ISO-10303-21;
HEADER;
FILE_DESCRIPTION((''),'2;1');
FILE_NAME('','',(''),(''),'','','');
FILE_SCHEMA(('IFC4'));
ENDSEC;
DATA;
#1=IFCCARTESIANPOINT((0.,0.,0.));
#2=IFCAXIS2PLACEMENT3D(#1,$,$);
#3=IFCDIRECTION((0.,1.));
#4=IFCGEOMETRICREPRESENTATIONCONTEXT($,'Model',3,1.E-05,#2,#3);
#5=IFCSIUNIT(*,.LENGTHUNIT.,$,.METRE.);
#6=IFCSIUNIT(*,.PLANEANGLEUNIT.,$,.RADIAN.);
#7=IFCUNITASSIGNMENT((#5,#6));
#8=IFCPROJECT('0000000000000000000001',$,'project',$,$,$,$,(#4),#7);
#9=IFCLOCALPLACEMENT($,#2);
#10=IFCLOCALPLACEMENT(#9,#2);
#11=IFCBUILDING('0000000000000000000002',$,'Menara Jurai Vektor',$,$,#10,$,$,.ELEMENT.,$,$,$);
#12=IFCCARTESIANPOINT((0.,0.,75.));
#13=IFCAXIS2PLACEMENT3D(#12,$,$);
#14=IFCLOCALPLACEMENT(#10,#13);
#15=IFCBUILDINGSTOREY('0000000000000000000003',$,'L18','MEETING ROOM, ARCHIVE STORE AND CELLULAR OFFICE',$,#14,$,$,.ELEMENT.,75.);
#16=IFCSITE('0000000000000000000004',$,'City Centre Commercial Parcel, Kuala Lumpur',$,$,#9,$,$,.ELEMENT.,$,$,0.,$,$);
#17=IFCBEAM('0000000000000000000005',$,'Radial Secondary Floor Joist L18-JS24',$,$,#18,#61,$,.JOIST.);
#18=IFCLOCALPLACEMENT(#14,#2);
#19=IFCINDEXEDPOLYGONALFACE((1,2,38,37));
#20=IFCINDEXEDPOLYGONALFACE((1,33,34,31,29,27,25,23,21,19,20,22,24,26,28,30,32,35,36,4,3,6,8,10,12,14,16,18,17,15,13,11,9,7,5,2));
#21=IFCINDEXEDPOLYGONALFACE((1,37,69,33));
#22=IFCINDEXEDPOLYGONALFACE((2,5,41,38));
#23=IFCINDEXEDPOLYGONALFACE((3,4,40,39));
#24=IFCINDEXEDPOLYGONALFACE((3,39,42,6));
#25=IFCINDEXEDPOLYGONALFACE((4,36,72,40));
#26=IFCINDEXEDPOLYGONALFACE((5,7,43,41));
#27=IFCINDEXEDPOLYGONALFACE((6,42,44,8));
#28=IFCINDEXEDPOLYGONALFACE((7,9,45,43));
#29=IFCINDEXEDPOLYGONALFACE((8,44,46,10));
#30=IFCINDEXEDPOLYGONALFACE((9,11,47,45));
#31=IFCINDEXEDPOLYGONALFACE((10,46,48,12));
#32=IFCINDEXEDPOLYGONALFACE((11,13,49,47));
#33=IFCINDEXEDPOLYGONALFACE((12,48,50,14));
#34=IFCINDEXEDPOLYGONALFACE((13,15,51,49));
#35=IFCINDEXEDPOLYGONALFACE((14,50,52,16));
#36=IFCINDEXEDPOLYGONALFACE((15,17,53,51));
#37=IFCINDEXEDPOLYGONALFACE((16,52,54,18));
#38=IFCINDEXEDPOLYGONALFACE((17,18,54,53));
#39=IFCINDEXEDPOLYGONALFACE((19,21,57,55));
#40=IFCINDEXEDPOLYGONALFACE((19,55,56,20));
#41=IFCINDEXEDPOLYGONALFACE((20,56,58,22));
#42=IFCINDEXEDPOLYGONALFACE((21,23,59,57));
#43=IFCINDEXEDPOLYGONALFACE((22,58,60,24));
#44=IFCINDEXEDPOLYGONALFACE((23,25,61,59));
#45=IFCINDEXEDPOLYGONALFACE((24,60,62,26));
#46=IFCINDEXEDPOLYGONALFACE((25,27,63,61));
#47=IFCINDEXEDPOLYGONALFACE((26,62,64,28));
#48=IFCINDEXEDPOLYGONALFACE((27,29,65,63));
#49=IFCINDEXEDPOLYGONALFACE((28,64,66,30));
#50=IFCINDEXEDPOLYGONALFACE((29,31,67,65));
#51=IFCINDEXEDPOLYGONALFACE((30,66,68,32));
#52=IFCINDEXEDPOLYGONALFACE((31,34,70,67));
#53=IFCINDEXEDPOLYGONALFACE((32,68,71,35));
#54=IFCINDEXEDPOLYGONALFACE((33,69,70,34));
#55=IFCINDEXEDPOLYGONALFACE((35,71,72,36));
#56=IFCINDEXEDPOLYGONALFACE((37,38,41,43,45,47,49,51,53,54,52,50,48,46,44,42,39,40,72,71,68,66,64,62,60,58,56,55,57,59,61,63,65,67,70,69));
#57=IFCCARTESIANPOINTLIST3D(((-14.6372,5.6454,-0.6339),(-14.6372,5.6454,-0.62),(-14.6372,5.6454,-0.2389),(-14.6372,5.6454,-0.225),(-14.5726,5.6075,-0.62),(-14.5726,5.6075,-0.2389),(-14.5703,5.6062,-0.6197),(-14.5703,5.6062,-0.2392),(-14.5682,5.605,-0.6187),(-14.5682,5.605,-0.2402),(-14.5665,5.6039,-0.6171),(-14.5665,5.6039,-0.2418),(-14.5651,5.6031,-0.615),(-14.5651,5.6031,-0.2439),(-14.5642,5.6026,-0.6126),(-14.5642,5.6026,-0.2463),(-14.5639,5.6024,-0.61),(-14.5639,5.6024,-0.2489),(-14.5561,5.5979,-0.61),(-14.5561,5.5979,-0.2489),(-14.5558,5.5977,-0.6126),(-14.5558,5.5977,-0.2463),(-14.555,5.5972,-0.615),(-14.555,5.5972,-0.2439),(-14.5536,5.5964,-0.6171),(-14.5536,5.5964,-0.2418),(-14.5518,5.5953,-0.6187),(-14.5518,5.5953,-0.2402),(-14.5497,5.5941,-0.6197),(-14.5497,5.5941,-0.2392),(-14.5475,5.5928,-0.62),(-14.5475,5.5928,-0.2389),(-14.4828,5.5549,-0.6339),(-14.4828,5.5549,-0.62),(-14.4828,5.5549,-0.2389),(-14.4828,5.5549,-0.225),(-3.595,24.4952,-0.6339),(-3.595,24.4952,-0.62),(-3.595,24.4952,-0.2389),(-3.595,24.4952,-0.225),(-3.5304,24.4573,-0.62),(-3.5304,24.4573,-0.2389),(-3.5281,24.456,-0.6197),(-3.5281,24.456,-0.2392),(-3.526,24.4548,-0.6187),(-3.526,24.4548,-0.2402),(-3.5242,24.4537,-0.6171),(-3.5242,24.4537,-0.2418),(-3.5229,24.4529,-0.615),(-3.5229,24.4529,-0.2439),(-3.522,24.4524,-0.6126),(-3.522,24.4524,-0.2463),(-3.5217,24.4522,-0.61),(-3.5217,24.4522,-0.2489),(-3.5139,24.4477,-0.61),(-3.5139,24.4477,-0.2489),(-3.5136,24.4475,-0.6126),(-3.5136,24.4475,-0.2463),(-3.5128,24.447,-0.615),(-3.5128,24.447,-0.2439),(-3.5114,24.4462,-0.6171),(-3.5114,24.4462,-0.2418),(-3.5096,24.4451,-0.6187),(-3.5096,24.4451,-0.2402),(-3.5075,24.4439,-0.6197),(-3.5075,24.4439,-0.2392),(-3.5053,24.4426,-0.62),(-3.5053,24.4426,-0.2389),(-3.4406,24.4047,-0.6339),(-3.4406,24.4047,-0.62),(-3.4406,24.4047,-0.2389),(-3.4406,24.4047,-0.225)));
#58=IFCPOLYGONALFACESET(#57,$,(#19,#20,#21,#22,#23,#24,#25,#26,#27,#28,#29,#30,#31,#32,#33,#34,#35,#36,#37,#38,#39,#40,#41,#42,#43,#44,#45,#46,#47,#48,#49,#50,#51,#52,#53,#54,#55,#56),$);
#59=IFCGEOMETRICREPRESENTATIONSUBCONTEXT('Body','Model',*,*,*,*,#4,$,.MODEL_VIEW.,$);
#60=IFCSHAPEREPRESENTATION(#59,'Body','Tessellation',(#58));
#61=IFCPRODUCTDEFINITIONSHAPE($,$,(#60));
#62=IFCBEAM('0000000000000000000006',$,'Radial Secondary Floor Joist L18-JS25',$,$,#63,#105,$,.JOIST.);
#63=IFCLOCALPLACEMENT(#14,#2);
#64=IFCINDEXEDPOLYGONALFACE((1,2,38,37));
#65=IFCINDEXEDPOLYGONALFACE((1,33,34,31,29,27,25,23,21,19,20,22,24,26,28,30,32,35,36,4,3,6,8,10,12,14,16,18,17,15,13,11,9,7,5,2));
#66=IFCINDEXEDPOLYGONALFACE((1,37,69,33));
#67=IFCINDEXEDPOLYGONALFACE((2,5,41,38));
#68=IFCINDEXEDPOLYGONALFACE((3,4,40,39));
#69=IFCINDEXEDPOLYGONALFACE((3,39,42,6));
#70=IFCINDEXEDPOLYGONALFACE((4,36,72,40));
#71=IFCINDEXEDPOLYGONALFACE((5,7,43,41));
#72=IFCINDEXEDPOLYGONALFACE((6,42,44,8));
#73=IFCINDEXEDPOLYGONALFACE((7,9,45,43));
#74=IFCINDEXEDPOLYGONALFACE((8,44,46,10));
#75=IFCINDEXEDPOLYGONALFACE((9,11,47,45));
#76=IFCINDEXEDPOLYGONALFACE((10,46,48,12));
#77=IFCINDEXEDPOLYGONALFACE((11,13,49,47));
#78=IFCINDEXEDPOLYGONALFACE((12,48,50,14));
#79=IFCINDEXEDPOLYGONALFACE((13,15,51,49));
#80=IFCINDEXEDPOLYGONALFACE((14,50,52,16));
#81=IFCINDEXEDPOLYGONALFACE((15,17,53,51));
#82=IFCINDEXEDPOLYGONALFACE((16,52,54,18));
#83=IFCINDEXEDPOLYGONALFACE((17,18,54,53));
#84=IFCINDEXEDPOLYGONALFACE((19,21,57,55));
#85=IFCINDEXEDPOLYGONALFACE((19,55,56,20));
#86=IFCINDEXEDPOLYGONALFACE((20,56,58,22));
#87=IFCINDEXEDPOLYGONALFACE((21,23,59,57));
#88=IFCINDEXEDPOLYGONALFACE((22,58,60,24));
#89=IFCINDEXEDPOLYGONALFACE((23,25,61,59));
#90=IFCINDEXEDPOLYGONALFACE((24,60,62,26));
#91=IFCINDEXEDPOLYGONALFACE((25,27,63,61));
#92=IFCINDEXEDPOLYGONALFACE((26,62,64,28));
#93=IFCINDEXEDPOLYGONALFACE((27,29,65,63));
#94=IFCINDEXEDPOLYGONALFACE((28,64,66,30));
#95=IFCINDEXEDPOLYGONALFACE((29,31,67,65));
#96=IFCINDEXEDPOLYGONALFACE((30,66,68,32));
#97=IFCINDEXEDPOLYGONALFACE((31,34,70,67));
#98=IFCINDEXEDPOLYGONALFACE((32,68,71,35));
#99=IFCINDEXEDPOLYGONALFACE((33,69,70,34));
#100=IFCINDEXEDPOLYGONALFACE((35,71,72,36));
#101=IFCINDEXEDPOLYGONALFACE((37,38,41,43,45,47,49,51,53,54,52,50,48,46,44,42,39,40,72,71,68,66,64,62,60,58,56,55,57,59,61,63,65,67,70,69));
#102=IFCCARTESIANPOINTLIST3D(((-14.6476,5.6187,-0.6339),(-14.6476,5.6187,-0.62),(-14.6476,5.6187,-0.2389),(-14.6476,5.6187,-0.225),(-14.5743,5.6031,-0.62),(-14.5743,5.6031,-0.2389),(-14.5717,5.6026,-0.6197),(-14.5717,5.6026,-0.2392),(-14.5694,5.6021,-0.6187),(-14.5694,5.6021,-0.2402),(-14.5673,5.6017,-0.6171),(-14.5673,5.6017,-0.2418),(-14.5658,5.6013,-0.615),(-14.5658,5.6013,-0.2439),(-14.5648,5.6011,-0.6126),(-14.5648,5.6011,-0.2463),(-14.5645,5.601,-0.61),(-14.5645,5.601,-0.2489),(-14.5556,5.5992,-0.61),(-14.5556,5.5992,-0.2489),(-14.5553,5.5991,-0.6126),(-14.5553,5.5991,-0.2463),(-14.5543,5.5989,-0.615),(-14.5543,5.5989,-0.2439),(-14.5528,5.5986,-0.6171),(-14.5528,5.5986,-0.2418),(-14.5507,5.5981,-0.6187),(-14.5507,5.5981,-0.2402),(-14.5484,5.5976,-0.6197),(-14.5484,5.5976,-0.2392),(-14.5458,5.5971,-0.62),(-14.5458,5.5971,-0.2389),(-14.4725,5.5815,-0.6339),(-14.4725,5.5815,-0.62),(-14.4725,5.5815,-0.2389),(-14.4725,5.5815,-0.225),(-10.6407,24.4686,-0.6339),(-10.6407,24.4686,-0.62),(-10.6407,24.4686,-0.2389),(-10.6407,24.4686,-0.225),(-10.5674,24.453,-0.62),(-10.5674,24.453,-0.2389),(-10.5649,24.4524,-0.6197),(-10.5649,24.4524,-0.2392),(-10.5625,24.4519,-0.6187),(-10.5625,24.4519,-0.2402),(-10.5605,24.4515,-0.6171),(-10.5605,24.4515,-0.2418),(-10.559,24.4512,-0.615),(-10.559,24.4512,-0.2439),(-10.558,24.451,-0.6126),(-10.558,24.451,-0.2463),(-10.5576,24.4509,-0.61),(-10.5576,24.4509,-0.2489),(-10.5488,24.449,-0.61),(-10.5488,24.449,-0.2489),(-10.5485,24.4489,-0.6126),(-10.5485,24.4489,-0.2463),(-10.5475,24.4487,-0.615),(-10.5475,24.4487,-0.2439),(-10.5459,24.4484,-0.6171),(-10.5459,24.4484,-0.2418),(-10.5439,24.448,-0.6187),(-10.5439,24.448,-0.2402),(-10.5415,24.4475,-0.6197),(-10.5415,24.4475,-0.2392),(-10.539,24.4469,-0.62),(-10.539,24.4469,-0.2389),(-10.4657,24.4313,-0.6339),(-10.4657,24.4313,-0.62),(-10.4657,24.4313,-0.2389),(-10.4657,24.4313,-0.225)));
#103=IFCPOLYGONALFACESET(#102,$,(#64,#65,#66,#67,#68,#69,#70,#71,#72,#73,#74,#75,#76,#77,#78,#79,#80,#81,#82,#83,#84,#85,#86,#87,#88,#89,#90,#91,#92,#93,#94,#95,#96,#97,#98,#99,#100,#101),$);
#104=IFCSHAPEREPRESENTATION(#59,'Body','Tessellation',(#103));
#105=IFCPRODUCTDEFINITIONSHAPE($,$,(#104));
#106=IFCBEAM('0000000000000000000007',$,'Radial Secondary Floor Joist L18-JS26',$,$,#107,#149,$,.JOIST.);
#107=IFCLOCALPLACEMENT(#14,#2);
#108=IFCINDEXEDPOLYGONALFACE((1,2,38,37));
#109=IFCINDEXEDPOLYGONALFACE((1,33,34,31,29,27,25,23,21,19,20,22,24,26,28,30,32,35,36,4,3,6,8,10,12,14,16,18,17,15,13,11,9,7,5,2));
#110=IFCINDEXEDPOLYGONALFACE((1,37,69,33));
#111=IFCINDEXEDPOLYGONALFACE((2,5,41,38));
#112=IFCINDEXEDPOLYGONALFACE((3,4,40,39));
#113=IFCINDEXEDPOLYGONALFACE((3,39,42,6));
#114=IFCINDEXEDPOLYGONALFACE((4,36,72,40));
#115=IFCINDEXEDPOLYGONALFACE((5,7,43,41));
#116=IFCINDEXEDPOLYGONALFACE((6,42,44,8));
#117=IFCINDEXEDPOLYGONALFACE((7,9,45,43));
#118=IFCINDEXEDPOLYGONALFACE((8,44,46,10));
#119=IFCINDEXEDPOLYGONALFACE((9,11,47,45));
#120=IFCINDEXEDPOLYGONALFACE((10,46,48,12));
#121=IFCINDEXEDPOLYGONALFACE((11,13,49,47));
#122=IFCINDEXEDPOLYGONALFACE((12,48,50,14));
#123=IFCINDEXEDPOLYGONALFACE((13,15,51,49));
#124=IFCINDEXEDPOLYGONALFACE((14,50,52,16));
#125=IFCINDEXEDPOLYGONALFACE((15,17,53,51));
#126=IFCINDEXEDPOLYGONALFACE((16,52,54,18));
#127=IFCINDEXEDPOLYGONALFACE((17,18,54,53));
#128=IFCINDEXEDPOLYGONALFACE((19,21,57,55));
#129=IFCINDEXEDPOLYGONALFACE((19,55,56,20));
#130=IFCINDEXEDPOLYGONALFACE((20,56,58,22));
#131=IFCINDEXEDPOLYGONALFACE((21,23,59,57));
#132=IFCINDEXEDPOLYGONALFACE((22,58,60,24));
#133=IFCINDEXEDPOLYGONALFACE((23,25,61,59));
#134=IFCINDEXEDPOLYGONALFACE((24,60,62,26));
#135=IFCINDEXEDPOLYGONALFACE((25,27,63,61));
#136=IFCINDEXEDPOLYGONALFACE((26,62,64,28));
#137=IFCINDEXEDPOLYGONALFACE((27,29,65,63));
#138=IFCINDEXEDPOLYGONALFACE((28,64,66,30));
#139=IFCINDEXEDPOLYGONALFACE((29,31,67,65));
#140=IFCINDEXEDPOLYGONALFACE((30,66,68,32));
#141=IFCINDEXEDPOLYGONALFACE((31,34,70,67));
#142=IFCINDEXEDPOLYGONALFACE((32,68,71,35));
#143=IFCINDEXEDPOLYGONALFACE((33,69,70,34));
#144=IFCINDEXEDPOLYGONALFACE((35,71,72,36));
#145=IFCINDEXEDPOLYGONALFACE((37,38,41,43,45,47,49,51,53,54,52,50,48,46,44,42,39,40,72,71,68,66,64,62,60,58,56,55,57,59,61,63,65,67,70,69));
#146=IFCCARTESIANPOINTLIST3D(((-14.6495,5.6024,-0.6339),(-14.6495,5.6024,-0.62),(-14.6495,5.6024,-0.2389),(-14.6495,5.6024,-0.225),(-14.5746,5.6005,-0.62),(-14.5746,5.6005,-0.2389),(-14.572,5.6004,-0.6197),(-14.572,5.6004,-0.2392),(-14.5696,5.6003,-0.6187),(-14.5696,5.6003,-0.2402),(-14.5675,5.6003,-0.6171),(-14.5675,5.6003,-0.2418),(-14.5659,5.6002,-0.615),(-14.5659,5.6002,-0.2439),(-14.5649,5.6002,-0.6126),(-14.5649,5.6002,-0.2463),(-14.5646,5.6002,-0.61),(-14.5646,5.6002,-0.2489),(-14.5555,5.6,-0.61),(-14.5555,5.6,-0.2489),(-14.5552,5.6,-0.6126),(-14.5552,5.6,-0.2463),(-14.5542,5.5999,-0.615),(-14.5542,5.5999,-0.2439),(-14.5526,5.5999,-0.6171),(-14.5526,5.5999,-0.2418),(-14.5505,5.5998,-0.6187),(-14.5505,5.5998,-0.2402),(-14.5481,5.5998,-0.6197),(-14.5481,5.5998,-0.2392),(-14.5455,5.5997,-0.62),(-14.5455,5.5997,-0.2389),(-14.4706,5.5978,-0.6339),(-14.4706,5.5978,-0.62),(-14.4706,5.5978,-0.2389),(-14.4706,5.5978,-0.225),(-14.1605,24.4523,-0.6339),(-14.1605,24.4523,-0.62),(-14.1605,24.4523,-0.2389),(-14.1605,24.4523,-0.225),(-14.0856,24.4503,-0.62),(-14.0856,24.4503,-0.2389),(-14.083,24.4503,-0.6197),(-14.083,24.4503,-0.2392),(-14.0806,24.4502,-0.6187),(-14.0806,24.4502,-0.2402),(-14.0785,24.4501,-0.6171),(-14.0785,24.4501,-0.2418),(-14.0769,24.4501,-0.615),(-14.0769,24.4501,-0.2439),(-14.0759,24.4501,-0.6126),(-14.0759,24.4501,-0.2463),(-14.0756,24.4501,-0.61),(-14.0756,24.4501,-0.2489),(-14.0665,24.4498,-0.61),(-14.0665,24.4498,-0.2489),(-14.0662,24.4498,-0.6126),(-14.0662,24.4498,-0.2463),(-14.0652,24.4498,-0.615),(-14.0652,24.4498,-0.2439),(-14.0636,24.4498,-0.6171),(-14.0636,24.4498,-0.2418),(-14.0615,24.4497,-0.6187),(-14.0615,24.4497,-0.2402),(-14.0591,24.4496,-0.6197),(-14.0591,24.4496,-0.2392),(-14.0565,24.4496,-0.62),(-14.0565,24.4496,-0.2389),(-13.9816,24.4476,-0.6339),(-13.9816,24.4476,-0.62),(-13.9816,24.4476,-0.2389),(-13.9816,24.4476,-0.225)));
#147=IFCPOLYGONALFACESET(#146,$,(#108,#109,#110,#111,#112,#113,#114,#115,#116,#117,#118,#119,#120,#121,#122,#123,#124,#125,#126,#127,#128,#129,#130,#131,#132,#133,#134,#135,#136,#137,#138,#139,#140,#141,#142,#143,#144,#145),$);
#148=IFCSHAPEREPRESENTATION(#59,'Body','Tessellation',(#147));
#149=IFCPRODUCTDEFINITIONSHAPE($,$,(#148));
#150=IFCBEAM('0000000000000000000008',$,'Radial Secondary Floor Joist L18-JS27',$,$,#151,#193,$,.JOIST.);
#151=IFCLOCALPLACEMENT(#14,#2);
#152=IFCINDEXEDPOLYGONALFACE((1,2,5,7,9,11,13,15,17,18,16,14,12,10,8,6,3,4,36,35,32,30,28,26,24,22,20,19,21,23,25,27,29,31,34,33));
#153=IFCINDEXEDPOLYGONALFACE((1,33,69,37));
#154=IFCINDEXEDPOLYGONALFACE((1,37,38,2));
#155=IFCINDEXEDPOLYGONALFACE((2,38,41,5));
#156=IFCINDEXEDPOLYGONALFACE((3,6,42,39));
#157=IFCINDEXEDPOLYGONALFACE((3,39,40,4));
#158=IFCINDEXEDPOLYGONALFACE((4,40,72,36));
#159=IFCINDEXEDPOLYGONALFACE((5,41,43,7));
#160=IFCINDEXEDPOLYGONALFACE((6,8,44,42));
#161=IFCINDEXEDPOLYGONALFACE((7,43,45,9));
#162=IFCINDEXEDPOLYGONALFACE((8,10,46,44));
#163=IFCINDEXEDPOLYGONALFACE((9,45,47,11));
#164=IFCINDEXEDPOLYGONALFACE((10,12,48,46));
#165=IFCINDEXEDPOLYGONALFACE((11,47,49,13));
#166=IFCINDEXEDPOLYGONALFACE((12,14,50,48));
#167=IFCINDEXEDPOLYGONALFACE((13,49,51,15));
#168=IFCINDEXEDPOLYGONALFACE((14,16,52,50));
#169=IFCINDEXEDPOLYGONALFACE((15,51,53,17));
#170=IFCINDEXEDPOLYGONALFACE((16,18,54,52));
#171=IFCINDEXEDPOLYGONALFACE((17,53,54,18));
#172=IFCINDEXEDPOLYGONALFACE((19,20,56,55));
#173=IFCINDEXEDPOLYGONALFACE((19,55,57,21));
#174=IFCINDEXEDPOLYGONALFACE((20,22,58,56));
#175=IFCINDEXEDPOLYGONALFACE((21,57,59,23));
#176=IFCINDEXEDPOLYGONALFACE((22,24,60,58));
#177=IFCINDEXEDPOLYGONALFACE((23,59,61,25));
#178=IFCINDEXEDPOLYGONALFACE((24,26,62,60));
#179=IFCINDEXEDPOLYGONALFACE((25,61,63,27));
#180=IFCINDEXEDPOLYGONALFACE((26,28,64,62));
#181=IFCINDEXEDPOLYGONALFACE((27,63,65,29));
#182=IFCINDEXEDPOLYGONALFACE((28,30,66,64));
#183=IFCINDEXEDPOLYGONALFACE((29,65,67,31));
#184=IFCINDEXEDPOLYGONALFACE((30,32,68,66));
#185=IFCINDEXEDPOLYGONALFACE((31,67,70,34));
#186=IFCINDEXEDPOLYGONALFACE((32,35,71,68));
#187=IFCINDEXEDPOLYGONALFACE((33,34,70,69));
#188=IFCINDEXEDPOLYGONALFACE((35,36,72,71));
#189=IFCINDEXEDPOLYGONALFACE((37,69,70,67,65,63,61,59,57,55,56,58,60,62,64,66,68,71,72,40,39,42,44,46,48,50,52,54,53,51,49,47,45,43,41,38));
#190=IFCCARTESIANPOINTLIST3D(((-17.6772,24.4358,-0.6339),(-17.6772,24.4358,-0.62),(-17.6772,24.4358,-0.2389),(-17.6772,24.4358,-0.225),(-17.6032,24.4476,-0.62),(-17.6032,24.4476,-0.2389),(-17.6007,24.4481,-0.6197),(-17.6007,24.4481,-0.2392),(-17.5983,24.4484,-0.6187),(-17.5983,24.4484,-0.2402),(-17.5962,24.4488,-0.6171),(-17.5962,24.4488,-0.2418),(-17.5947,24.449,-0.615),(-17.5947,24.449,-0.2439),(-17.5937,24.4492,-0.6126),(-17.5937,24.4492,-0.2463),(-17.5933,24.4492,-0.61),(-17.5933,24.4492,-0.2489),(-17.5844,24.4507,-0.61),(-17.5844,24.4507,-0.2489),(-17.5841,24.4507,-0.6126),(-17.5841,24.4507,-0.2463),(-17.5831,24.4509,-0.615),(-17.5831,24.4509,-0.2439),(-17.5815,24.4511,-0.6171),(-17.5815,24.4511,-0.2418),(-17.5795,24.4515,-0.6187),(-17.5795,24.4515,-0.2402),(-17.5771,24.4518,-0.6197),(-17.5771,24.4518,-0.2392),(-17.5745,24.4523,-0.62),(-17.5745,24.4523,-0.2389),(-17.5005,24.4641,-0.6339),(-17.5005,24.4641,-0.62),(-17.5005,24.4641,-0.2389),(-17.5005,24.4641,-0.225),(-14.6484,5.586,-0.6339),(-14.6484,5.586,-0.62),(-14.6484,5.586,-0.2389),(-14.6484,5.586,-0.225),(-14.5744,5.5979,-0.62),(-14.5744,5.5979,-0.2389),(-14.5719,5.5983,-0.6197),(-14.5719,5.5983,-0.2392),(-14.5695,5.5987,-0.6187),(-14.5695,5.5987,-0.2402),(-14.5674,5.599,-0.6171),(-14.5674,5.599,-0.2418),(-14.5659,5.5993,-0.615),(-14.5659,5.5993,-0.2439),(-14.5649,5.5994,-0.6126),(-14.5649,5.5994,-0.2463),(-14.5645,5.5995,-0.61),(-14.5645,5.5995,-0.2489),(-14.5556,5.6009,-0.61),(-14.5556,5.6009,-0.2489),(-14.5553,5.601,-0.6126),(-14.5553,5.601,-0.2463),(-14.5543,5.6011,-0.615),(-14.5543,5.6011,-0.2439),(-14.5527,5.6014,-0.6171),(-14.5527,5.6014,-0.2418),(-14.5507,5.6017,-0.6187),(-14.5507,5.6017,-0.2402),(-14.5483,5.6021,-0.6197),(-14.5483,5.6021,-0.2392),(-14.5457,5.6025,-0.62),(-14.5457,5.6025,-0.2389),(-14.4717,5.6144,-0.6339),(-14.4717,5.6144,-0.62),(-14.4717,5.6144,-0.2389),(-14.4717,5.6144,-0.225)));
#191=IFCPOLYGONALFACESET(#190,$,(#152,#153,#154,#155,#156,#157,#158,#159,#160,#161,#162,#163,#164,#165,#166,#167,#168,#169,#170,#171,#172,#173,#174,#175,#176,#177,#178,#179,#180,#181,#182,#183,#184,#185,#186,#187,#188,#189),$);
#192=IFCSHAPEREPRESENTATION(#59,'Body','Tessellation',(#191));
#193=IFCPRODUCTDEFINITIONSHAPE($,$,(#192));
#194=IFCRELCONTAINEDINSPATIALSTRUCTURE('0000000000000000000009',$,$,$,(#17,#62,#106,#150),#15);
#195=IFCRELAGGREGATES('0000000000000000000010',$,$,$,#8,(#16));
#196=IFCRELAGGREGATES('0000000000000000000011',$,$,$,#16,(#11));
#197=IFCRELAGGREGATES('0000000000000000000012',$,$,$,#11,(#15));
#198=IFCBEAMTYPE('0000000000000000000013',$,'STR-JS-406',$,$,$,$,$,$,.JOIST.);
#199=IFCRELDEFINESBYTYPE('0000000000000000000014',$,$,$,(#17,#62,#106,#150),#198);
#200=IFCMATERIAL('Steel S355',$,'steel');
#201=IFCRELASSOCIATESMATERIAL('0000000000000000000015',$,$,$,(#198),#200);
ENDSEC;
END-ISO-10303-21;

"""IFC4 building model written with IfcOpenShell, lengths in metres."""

from ifc_helpers import new_model, si_unit, direction, frame, origin, origin_2d, place, context, subcontext, project, spatial, i_section, extrude, material, material_profile, profile_set, type_object, element, save


model = new_model("IFC4")

# Units and contexts
model_context = context("Model", 3, precision=1e-05, world=origin(), true_north=direction((0.0, 1.0)))
body_context = subcontext(model_context, "Body", "Model", "MODEL_VIEW")
ifc_project = project(units=[si_unit("LENGTHUNIT", "METRE"), si_unit("PLANEANGLEUNIT", "RADIAN")], contexts=[model_context])

# Site, building, storey
site_placement = place(None, origin())
site = spatial("IfcSite", under=ifc_project, at=site_placement, Name="City Centre Commercial Parcel, Kuala Lumpur", CompositionType="ELEMENT", RefElevation=0.0)
building_placement = place(site_placement, origin())
building = spatial("IfcBuilding", under=site, at=building_placement, Name="Menara Jurai Vektor", CompositionType="ELEMENT")
storey_placement = place(building_placement, frame((0.0, 0.0, 75.0)))
storey = spatial("IfcBuildingStorey", under=building, at=storey_placement, Name="L18", Description="MEETING ROOM, ARCHIVE STORE AND CELLULAR OFFICE", CompositionType="ELEMENT", Elevation=75.0)

# Beams
ifc_material_1 = material(Name="Steel S355", Category="steel")
ifc_material_profile_1 = material_profile(ifc_material_1, i_section(OverallWidth=0.179, OverallDepth=0.4089, WebThickness=0.009, FlangeThickness=0.0139, FilletRadius=0.01, at=origin_2d()), Name="UKB 406x178x67")
ifc_profile_set_1 = profile_set([ifc_material_profile_1], Name="Steel S355")
beam_type_1 = type_object("IfcBeamType", Name="STR-JS-406", PredefinedType="JOIST", material=ifc_profile_set_1)
beam_1_placement = place(storey_placement, frame((-3.5178, 24.45, -0.4294), z_axis=(-0.505458, -0.862851, 0.0), x_axis=(0.862851, -0.505458, 0.0)))
element("IfcBeam", 1, at=beam_1_placement, inside=storey, type_object=beam_type_1, Name="Radial Secondary Floor Joist L18-JS24", PredefinedType="JOIST", context=body_context, shape_type="SweptSolid", body=[
    extrude(i_section(OverallWidth=0.179, OverallDepth=0.4089, WebThickness=0.009, FlangeThickness=0.0139, FilletRadius=0.01, at=origin_2d()), origin(), (0.0, 0.0, 1.0), 21.8459),
])
beam_2_placement = place(storey_placement, frame((-10.5532, 24.45, -0.4294), z_axis=(-0.20792, -0.978146, 0.0), x_axis=(0.978146, -0.20792, 0.0)))
element("IfcBeam", 2, at=beam_2_placement, inside=storey, type_object=beam_type_1, Name="Radial Secondary Floor Joist L18-JS25", PredefinedType="JOIST", context=body_context, shape_type="SweptSolid", body=[
    extrude(i_section(OverallWidth=0.179, OverallDepth=0.4089, WebThickness=0.009, FlangeThickness=0.0139, FilletRadius=0.01, at=origin_2d()), origin(), (0.0, 0.0, 1.0), 19.271),
])
beam_3_placement = place(storey_placement, frame((-14.071, 24.45, -0.4294), z_axis=(-0.025934, -0.999664, 0.0), x_axis=(0.999664, -0.025934, 0.0)))
element("IfcBeam", 3, at=beam_3_placement, inside=storey, type_object=beam_type_1, Name="Radial Secondary Floor Joist L18-JS26", PredefinedType="JOIST", context=body_context, shape_type="SweptSolid", body=[
    extrude(i_section(OverallWidth=0.179, OverallDepth=0.4089, WebThickness=0.009, FlangeThickness=0.0139, FilletRadius=0.01, at=origin_2d()), origin(), (0.0, 0.0, 1.0), 18.8562),
])
beam_4_placement = place(storey_placement, frame((-17.5889, 24.45, -0.4294), z_axis=(0.158646, -0.987336, 0.0), x_axis=(0.987336, 0.158646, 0.0)))
element("IfcBeam", 4, at=beam_4_placement, inside=storey, type_object=beam_type_1, Name="Radial Secondary Floor Joist L18-JS27", PredefinedType="JOIST", context=body_context, shape_type="SweptSolid", body=[
    extrude(i_section(OverallWidth=0.179, OverallDepth=0.4089, WebThickness=0.009, FlangeThickness=0.0139, FilletRadius=0.01, at=origin_2d()), origin(), (0.0, 0.0, 1.0), 19.0916),
])

save(model, "model.ifc")
